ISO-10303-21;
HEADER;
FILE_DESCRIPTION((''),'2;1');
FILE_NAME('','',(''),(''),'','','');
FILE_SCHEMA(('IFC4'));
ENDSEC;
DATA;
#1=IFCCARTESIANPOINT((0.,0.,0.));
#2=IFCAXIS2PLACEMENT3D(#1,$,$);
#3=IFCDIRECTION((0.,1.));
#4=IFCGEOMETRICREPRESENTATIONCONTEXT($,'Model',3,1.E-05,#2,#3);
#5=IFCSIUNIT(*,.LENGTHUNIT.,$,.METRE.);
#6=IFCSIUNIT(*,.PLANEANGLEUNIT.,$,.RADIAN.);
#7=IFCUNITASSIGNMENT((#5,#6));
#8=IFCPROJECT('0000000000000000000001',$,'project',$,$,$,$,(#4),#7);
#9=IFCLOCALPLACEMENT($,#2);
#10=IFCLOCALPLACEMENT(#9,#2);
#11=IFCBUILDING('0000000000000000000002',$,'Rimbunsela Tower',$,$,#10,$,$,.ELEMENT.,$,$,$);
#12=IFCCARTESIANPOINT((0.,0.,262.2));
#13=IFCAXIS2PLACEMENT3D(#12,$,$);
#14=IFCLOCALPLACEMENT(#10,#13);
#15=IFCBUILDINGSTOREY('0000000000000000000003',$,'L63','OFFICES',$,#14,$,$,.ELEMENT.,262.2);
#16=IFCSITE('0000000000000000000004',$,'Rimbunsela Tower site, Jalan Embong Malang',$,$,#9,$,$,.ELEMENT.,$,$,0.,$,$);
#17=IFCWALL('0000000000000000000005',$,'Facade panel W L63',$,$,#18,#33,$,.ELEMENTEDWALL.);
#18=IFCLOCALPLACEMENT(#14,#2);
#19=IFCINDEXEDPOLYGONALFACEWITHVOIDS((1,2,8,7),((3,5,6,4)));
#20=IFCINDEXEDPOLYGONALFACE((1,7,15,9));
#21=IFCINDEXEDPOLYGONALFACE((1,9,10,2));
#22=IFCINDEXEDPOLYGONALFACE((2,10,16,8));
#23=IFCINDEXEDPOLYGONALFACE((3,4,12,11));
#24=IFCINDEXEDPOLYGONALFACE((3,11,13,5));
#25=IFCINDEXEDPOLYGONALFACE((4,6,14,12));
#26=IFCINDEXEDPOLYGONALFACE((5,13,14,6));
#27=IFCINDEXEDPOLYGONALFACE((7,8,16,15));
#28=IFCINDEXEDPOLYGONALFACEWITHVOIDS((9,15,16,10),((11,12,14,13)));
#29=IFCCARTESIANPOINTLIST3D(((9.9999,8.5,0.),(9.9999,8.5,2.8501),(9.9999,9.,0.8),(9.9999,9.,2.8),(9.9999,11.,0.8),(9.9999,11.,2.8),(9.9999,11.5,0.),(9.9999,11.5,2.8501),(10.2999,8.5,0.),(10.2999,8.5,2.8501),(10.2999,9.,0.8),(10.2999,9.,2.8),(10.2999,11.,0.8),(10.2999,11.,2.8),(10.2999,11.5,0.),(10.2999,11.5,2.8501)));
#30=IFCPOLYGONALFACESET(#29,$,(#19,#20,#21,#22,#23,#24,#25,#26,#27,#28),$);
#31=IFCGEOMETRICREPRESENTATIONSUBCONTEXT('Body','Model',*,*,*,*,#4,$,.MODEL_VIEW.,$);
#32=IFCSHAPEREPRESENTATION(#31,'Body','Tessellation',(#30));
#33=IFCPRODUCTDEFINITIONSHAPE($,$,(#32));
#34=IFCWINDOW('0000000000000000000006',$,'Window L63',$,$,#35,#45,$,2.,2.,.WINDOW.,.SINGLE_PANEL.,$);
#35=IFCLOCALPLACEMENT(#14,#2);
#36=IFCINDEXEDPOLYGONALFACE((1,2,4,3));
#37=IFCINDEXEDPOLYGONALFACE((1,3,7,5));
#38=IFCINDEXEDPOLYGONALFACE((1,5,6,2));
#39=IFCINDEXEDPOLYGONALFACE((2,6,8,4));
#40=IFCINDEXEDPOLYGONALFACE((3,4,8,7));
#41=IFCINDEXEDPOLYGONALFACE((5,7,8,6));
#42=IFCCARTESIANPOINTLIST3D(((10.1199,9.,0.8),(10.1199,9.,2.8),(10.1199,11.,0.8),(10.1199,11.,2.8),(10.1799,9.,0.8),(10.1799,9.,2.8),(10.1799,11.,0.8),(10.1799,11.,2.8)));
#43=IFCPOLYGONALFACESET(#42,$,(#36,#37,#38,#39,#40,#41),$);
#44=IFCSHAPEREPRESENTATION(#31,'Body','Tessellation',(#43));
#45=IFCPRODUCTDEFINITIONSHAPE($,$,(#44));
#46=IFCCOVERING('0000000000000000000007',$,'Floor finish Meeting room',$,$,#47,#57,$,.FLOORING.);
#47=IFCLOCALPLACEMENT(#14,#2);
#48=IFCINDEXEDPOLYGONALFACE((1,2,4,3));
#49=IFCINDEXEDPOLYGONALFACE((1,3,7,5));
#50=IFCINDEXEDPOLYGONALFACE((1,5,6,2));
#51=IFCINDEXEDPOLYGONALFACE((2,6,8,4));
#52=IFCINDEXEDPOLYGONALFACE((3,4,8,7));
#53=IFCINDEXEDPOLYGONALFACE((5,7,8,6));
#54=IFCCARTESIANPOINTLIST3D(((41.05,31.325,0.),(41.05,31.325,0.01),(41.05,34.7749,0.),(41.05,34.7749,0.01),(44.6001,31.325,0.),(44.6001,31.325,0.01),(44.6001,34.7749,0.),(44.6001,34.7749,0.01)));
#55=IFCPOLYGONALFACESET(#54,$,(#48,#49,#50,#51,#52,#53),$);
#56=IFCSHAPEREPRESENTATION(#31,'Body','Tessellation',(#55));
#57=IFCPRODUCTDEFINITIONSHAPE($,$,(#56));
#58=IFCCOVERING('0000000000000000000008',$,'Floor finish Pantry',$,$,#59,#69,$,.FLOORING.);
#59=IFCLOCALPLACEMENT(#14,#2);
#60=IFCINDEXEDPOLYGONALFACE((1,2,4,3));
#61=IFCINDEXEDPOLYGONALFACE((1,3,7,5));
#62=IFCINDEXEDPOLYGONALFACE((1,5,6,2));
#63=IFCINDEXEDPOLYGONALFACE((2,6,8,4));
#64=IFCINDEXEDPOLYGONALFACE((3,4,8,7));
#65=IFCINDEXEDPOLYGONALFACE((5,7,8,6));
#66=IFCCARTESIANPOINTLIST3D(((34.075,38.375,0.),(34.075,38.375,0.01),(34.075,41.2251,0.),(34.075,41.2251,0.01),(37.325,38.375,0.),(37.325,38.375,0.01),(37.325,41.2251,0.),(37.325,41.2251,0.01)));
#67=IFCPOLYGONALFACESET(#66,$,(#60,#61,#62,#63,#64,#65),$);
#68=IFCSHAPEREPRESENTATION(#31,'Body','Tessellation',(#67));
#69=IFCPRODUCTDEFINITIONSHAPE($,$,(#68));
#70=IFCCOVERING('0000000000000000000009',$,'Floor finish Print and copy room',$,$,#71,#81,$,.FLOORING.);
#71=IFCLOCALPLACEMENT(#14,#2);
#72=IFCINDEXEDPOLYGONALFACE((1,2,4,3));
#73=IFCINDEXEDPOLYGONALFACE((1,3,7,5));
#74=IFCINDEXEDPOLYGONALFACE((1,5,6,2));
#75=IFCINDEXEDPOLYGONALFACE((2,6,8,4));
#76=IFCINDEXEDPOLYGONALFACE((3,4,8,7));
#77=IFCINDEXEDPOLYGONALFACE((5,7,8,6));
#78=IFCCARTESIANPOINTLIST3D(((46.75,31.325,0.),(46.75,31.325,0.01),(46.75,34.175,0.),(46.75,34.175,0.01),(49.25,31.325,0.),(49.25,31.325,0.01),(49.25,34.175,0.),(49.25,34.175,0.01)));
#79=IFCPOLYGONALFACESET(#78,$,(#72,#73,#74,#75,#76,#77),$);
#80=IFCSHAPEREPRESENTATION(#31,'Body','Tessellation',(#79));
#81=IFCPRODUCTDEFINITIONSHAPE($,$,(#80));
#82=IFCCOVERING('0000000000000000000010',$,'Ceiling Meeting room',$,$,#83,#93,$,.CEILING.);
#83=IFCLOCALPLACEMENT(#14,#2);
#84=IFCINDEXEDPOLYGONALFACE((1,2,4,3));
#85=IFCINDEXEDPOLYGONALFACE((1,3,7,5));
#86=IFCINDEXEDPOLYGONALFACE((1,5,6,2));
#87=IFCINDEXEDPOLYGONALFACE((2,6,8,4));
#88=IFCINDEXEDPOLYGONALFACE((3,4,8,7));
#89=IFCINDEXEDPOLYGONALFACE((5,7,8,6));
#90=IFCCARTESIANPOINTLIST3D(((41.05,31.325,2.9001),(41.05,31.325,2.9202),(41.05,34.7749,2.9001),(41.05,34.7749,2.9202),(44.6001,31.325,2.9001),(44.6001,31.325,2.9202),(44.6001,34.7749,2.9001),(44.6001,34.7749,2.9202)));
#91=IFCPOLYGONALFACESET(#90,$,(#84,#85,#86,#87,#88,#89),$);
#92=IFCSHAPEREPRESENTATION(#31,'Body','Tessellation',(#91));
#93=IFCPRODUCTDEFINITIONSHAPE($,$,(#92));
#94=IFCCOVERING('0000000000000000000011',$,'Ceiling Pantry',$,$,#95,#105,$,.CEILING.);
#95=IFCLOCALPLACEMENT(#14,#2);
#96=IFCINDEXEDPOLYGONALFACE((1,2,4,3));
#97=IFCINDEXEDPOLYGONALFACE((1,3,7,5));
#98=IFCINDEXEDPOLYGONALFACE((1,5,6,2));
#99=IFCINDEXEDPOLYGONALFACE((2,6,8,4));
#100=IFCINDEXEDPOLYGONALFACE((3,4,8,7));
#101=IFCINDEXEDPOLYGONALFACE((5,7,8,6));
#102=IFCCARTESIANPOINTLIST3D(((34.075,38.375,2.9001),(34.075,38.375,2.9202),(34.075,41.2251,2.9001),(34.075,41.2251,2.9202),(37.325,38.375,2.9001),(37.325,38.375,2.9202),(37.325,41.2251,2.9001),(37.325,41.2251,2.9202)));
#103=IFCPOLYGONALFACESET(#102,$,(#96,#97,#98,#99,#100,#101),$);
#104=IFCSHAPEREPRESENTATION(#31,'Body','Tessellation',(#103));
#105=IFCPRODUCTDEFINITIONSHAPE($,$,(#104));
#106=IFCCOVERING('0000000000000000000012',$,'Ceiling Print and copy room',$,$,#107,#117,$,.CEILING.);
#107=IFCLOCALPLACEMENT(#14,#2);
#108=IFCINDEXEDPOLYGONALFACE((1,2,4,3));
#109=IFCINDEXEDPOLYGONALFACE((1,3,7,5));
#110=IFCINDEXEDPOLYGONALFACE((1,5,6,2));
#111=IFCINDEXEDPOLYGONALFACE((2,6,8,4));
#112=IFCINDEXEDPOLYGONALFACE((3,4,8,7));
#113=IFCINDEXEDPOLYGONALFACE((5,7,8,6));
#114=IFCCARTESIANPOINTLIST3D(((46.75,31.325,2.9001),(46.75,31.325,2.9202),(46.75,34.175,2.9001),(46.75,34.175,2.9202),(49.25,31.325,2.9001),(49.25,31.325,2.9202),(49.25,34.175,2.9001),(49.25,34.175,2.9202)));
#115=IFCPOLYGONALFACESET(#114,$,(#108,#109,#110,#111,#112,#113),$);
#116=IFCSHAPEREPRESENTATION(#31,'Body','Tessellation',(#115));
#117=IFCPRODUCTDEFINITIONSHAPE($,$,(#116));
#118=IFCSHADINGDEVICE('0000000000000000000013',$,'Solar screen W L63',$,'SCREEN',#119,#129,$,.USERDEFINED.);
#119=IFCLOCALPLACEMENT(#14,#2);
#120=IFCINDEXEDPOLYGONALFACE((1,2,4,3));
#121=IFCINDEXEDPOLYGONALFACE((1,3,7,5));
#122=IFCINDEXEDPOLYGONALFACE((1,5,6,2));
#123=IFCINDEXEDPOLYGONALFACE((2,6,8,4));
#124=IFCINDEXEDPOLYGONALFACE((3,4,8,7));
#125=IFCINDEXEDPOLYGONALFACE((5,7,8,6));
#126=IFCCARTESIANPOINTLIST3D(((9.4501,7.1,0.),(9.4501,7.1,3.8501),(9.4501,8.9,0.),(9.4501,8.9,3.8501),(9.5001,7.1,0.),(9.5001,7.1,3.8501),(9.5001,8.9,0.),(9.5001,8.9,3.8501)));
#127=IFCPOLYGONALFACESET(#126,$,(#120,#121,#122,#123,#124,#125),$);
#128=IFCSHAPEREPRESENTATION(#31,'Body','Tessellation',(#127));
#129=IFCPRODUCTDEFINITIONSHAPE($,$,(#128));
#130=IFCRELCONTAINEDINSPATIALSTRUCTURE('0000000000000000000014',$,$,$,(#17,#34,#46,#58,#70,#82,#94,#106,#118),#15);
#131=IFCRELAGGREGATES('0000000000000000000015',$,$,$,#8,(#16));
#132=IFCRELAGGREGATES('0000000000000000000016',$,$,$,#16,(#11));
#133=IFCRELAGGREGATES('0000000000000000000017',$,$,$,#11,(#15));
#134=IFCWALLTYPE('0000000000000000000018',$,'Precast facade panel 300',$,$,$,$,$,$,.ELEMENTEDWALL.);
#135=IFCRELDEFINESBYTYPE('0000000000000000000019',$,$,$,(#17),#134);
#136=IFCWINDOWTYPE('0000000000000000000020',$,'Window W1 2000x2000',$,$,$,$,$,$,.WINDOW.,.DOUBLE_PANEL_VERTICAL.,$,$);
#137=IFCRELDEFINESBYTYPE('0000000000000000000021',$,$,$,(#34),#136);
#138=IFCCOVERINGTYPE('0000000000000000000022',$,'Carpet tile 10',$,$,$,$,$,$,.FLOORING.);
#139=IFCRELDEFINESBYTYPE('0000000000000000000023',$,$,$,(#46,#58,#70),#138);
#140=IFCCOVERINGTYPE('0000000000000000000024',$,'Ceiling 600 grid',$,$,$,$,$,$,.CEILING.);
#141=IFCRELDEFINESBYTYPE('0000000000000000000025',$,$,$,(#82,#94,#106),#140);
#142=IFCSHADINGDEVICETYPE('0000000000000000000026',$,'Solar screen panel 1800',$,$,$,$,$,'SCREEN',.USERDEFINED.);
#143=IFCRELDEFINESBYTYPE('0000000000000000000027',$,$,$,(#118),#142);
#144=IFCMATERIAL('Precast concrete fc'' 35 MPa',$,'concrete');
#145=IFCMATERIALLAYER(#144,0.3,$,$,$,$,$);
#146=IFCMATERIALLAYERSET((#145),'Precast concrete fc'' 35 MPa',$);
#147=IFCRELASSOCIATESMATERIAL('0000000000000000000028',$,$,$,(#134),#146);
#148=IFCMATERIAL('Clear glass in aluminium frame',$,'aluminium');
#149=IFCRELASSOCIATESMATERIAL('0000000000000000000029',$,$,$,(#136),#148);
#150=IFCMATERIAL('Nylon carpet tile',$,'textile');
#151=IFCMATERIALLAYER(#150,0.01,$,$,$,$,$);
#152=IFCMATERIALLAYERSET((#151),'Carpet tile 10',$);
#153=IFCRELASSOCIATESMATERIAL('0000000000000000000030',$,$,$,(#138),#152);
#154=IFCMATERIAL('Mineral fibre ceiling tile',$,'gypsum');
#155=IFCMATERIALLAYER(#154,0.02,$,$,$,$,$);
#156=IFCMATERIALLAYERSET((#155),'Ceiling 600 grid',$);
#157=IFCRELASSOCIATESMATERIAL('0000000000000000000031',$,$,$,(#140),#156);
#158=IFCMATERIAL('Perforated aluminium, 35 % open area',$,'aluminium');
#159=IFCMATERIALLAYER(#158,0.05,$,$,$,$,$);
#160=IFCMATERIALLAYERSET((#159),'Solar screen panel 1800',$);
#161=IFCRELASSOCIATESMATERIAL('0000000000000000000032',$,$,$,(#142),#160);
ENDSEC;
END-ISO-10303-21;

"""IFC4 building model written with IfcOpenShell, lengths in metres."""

from ifc_helpers import new_model, si_unit, direction, frame, frame_2d, origin, origin_2d, place, context, subcontext, project, spatial, polyline, rectangle, outline, extrude, material, layer, layer_set, type_object, element, fill, save


model = new_model("IFC4")

# Units and contexts
model_context = context("Model", 3, precision=1e-05, world=origin(), true_north=direction((0.0, 1.0)))
body_context = subcontext(model_context, "Body", "Model", "MODEL_VIEW")
ifc_project = project(units=[si_unit("LENGTHUNIT", "METRE"), si_unit("PLANEANGLEUNIT", "RADIAN")], contexts=[model_context])

# Site, building, storey
site_placement = place(None, origin())
site = spatial("IfcSite", under=ifc_project, at=site_placement, Name="Rimbunsela Tower site, Jalan Embong Malang", CompositionType="ELEMENT", RefElevation=0.0)
building_placement = place(site_placement, origin())
building = spatial("IfcBuilding", under=site, at=building_placement, Name="Rimbunsela Tower", CompositionType="ELEMENT")
storey_placement = place(building_placement, frame((0.0, 0.0, 262.2)))
storey = spatial("IfcBuildingStorey", under=building, at=storey_placement, Name="L63", Description="OFFICES", CompositionType="ELEMENT", Elevation=262.2)

# Shared definitions
ifc_material_1 = material(Name="Precast concrete fc' 35 MPa", Category="concrete")
ifc_layer_1 = layer(ifc_material_1, 0.3)
ifc_layer_set_1 = layer_set([ifc_layer_1], Name="Precast concrete fc' 35 MPa")
wall_type = type_object("IfcWallType", Name="Precast facade panel 300", PredefinedType="ELEMENTEDWALL", material=ifc_layer_set_1)

# Wall, opening, window
wall_1_placement = place(storey_placement, frame((10.1499, 11.5, 0.0), z_axis=(0.0, 0.0, 1.0), x_axis=(0.0, -1.0, 0.0)))
wall_1 = element("IfcWall", 1, at=wall_1_placement, inside=storey, type_object=wall_type, Name="Facade panel W L63", PredefinedType="ELEMENTEDWALL", context=body_context, shape_type="SweptSolid", body=[
    extrude(rectangle(XDim=3.0, YDim=0.3, at=frame_2d((1.5, 0.0))), origin(), (0.0, 0.0, 1.0), 2.8501),
])
opening_placement = place(wall_1_placement, frame((0.5, 0.0, 0.8)))
opening = element("IfcOpeningElement", 2, at=opening_placement, cuts=wall_1, PredefinedType="OPENING", context=body_context, shape_type="SweptSolid", body=[
    extrude(rectangle(XDim=2.0, YDim=2.0, at=frame_2d((1.0, 1.0))), frame((0.0, 0.1599, 0.0), z_axis=(0.0, -1.0, 0.0), x_axis=(1.0, 0.0, 0.0)), (0.0, 0.0, 1.0), 0.3201),
])
ifc_material_2 = material(Name="Clear glass in aluminium frame", Category="aluminium")
window_type = type_object("IfcWindowType", Name="Window W1 2000x2000", PartitioningType="DOUBLE_PANEL_VERTICAL", PredefinedType="WINDOW", material=ifc_material_2)
window_placement = place(opening_placement, origin())
window = element("IfcWindow", 3, at=window_placement, inside=storey, type_object=window_type, Name="Window L63", OverallHeight=2.0, OverallWidth=2.0, PartitioningType="SINGLE_PANEL", PredefinedType="WINDOW", context=body_context, shape_type="SweptSolid", body=[
    extrude(rectangle(XDim=2.0, YDim=2.0, at=frame_2d((1.0, 1.0))), frame((0.0, 0.03, 0.0), z_axis=(0.0, -1.0, 0.0), x_axis=(1.0, 0.0, 0.0)), (0.0, 0.0, 1.0), 0.0601),
])
fill(opening, window)

# Coverings
ifc_material_3 = material(Name="Nylon carpet tile", Category="textile")
ifc_layer_2 = layer(ifc_material_3, 0.01)
ifc_layer_set_2 = layer_set([ifc_layer_2], Name="Carpet tile 10")
covering_type_1 = type_object("IfcCoveringType", Name="Carpet tile 10", PredefinedType="FLOORING", material=ifc_layer_set_2)
covering_1_placement = place(storey_placement, origin())
element("IfcCovering", 4, at=covering_1_placement, inside=storey, type_object=covering_type_1, Name="Floor finish Meeting room", PredefinedType="FLOORING", context=body_context, shape_type="SweptSolid", body=[
    extrude(outline(polyline([(44.6001, 31.325), (44.6001, 34.7749), (41.05, 34.7749), (41.05, 31.325), (44.6001, 31.325)])), origin(), (0.0, 0.0, 1.0), 0.01),
])
covering_2_placement = place(storey_placement, origin())
element("IfcCovering", 5, at=covering_2_placement, inside=storey, type_object=covering_type_1, Name="Floor finish Pantry", PredefinedType="FLOORING", context=body_context, shape_type="SweptSolid", body=[
    extrude(outline(polyline([(37.325, 38.375), (37.325, 41.2251), (34.075, 41.2251), (34.075, 38.375), (37.325, 38.375)])), origin(), (0.0, 0.0, 1.0), 0.01),
])
covering_3_placement = place(storey_placement, origin())
element("IfcCovering", 6, at=covering_3_placement, inside=storey, type_object=covering_type_1, Name="Floor finish Print and copy room", PredefinedType="FLOORING", context=body_context, shape_type="SweptSolid", body=[
    extrude(outline(polyline([(49.25, 31.325), (49.25, 34.175), (46.75, 34.175), (46.75, 31.325), (49.25, 31.325)])), origin(), (0.0, 0.0, 1.0), 0.01),
])
ifc_material_4 = material(Name="Mineral fibre ceiling tile", Category="gypsum")
ifc_layer_3 = layer(ifc_material_4, 0.02)
ifc_layer_set_3 = layer_set([ifc_layer_3], Name="Ceiling 600 grid")
covering_type_2 = type_object("IfcCoveringType", Name="Ceiling 600 grid", PredefinedType="CEILING", material=ifc_layer_set_3)
covering_4_placement = place(storey_placement, frame((0.0, 0.0, 2.9001)))
element("IfcCovering", 7, at=covering_4_placement, inside=storey, type_object=covering_type_2, Name="Ceiling Meeting room", PredefinedType="CEILING", context=body_context, shape_type="SweptSolid", body=[
    extrude(outline(polyline([(44.6001, 31.325), (44.6001, 34.7749), (41.05, 34.7749), (41.05, 31.325), (44.6001, 31.325)])), origin(), (0.0, 0.0, 1.0), 0.02),
])
covering_5_placement = place(storey_placement, frame((0.0, 0.0, 2.9001)))
element("IfcCovering", 8, at=covering_5_placement, inside=storey, type_object=covering_type_2, Name="Ceiling Pantry", PredefinedType="CEILING", context=body_context, shape_type="SweptSolid", body=[
    extrude(outline(polyline([(37.325, 38.375), (37.325, 41.2251), (34.075, 41.2251), (34.075, 38.375), (37.325, 38.375)])), origin(), (0.0, 0.0, 1.0), 0.02),
])
covering_6_placement = place(storey_placement, frame((0.0, 0.0, 2.9001)))
element("IfcCovering", 9, at=covering_6_placement, inside=storey, type_object=covering_type_2, Name="Ceiling Print and copy room", PredefinedType="CEILING", context=body_context, shape_type="SweptSolid", body=[
    extrude(outline(polyline([(49.25, 31.325), (49.25, 34.175), (46.75, 34.175), (46.75, 31.325), (49.25, 31.325)])), origin(), (0.0, 0.0, 1.0), 0.02),
])

# Shading device
ifc_material_5 = material(Name="Perforated aluminium, 35 % open area", Category="aluminium")
ifc_layer_4 = layer(ifc_material_5, 0.05)
ifc_layer_set_4 = layer_set([ifc_layer_4], Name="Solar screen panel 1800")
shading_device_type = type_object("IfcShadingDeviceType", Name="Solar screen panel 1800", ElementType="SCREEN", PredefinedType="USERDEFINED", material=ifc_layer_set_4)
shading_device_placement = place(storey_placement, frame((9.4751, 8.0, 0.0), z_axis=(0.0, 0.0, 1.0), x_axis=(0.0, 1.0, 0.0)))
element("IfcShadingDevice", 10, at=shading_device_placement, inside=storey, type_object=shading_device_type, Name="Solar screen W L63", ObjectType="SCREEN", PredefinedType="USERDEFINED", context=body_context, shape_type="SweptSolid", body=[
    extrude(rectangle(XDim=1.8, YDim=0.05, at=origin_2d()), origin(), (0.0, 0.0, 1.0), 3.8501),
])

save(model, "model.ifc")
